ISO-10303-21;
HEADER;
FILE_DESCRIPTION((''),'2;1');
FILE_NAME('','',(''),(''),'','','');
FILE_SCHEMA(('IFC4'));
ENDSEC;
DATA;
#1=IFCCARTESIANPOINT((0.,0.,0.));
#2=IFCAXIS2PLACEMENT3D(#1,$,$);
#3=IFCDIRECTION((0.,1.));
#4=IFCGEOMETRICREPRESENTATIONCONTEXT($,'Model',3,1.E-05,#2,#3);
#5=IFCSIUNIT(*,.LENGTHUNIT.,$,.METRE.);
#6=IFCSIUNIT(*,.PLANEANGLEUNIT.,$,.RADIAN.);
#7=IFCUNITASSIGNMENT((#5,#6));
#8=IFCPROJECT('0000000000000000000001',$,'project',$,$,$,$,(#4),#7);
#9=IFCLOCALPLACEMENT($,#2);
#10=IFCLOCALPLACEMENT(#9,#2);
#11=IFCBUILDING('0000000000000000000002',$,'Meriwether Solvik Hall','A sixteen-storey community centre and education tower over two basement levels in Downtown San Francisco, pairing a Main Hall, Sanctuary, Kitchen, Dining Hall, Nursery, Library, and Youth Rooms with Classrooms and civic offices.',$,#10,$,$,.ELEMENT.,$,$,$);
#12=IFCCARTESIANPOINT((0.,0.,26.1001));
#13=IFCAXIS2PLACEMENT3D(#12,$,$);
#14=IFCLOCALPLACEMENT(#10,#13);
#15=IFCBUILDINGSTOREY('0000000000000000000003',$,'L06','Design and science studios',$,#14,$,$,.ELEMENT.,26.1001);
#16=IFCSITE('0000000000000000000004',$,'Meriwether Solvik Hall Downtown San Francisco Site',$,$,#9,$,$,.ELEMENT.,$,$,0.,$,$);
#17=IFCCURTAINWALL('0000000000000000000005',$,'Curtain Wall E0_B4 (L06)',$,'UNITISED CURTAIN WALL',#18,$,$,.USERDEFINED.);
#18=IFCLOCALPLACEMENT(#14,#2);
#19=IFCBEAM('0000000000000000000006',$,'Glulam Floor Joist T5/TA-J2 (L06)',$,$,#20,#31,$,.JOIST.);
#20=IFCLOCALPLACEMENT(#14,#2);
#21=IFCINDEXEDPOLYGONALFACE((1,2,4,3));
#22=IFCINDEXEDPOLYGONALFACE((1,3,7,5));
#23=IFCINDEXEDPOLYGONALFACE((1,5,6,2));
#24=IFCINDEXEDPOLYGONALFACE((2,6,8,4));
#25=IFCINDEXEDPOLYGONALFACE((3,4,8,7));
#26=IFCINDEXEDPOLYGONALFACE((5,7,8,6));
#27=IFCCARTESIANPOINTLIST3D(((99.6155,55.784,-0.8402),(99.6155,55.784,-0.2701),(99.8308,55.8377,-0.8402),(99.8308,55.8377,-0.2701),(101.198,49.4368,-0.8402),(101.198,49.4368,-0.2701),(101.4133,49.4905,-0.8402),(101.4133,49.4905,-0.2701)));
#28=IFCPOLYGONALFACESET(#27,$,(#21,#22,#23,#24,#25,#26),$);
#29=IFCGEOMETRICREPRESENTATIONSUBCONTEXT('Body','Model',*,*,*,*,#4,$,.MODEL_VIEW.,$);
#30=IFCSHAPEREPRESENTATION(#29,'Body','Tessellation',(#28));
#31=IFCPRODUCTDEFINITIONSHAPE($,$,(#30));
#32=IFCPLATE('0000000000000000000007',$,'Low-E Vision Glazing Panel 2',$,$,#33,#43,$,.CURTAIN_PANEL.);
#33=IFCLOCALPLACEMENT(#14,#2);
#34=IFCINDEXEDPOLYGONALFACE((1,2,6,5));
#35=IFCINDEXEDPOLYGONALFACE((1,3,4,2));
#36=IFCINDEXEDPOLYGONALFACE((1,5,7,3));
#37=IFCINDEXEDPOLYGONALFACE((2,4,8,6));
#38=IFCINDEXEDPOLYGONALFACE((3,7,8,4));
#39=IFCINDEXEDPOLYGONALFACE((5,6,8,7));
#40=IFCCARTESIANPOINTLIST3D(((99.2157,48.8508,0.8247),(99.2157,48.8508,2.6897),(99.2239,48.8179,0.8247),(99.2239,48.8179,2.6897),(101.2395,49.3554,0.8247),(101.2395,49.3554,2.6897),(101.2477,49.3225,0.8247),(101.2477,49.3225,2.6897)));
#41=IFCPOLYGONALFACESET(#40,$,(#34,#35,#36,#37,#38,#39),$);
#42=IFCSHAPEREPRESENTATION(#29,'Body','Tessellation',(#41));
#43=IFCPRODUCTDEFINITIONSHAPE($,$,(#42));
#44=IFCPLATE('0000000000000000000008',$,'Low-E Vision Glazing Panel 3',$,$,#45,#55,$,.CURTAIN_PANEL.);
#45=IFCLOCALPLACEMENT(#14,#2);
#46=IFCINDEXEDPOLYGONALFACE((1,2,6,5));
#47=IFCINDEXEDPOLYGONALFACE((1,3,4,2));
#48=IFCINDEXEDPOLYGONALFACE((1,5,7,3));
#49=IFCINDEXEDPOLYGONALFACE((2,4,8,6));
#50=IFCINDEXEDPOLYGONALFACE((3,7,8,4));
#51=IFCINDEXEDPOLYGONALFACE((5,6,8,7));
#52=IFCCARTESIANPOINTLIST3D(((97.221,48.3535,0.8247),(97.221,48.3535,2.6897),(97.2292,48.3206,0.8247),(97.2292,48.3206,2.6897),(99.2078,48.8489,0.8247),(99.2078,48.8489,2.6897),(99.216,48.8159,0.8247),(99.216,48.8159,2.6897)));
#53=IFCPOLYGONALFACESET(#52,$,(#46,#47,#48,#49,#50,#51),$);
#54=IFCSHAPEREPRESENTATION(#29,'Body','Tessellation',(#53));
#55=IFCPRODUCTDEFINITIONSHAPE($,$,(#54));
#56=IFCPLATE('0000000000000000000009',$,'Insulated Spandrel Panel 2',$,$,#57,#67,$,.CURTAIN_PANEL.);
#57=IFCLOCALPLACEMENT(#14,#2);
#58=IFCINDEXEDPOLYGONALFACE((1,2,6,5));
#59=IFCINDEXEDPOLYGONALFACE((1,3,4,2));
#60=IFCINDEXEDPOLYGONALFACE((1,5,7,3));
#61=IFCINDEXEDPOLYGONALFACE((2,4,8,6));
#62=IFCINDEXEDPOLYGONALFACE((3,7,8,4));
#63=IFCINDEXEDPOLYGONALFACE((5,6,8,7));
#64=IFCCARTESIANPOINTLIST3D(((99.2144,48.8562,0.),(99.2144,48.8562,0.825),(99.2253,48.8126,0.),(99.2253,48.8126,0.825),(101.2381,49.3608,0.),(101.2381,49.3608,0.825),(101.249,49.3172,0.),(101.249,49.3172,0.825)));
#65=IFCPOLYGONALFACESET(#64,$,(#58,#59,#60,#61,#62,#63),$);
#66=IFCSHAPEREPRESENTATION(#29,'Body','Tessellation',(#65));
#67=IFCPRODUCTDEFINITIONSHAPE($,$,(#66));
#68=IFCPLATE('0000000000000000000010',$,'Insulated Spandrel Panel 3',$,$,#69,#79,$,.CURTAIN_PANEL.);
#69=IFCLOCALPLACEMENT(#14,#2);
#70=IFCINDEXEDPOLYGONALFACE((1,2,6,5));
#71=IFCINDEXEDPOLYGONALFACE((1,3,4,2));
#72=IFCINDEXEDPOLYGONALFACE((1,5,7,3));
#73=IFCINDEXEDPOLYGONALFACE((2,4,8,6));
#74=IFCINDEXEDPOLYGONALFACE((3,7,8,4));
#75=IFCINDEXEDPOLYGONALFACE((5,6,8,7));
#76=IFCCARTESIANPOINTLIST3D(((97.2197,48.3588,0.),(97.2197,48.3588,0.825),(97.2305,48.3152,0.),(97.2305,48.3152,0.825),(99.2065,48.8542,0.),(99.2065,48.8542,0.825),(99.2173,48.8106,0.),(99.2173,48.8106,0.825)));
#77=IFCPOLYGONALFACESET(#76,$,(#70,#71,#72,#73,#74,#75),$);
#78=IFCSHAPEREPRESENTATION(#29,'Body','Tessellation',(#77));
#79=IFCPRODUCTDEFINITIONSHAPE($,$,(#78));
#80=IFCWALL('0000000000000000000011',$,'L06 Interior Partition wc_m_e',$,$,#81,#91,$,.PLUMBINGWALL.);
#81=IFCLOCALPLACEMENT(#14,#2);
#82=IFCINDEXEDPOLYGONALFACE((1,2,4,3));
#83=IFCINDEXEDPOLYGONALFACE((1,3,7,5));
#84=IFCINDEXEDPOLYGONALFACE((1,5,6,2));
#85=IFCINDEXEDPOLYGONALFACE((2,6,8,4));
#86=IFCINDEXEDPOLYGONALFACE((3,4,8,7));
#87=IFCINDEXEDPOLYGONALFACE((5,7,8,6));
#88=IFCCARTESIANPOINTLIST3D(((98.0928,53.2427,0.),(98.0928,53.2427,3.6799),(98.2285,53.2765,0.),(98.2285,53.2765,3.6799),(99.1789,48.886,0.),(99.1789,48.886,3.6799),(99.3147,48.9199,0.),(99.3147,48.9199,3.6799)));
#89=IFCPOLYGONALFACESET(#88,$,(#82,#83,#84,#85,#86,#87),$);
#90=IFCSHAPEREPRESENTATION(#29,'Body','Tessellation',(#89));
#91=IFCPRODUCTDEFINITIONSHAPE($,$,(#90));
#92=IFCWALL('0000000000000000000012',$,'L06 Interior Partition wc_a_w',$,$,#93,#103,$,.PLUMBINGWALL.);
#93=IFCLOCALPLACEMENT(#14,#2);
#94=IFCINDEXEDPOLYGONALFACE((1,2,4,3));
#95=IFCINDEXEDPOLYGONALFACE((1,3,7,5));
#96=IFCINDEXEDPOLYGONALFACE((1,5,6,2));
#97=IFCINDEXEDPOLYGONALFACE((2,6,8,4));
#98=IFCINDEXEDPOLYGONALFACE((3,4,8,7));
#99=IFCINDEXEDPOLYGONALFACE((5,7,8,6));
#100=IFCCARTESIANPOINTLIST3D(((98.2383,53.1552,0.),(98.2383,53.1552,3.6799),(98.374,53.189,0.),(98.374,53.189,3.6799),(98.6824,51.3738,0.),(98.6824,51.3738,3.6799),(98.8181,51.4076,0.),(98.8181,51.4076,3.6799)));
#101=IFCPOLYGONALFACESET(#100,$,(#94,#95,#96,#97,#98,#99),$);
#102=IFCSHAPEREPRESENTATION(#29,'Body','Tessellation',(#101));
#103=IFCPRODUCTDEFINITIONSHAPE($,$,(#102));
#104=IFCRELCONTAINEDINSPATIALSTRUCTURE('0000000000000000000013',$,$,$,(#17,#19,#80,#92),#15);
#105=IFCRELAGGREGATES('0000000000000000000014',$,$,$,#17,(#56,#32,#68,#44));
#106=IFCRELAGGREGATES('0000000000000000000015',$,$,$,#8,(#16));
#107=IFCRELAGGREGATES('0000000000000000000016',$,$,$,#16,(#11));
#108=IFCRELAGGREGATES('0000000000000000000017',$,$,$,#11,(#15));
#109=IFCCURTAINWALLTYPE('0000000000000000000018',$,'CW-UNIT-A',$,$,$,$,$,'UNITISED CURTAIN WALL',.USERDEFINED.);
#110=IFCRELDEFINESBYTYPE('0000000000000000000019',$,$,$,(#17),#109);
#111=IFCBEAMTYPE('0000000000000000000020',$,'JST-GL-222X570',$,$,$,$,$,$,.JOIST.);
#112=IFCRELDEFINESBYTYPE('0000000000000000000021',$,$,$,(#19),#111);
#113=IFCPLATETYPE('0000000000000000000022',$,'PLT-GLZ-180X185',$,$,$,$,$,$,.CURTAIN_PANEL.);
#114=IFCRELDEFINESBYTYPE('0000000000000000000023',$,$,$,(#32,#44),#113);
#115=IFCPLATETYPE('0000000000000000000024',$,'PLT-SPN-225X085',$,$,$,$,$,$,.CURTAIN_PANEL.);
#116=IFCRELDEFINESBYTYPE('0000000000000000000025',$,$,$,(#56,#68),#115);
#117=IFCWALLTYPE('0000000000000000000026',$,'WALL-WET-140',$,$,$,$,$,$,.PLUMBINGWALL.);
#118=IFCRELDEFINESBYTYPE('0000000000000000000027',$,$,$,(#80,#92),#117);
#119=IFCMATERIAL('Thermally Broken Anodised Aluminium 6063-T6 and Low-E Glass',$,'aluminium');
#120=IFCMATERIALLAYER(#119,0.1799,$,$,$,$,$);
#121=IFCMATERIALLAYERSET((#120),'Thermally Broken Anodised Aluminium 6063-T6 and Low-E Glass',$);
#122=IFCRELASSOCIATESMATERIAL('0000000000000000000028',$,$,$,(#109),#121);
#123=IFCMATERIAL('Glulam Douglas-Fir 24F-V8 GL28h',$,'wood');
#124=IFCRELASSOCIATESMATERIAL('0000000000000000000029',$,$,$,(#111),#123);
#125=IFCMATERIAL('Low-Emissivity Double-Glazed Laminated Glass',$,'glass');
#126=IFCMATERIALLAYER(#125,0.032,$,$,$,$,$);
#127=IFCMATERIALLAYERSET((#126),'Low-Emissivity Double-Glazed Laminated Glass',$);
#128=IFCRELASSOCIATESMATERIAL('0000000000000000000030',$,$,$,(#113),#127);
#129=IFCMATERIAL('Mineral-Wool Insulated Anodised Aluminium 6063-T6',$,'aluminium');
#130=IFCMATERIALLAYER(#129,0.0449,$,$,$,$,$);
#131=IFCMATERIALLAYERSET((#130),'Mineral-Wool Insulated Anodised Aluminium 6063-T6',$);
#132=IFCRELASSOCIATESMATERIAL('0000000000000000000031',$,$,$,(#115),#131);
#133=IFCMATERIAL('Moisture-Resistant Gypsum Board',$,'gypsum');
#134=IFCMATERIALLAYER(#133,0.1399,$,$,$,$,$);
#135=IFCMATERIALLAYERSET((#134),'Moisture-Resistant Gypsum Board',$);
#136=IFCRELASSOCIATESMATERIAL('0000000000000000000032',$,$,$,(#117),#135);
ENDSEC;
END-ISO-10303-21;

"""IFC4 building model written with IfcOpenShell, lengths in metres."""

from ifc_helpers import new_model, si_unit, direction, frame, frame_2d, origin, origin_2d, place, context, subcontext, project, spatial, rectangle, extrude, material, layer, layer_set, material_profile, profile_set, type_object, element, aggregate, save


model = new_model("IFC4")

# Units and contexts
model_context = context("Model", 3, precision=1e-05, world=origin(), true_north=direction((0.0, 1.0)))
body_context = subcontext(model_context, "Body", "Model", "MODEL_VIEW")
ifc_project = project(units=[si_unit("LENGTHUNIT", "METRE"), si_unit("PLANEANGLEUNIT", "RADIAN")], contexts=[model_context])

# Site, building, storey
site_placement = place(None, origin())
site = spatial("IfcSite", under=ifc_project, at=site_placement, Name="Meriwether Solvik Hall Downtown San Francisco Site", CompositionType="ELEMENT", RefElevation=0.0)
building_placement = place(site_placement, origin())
building = spatial("IfcBuilding", under=site, at=building_placement, Name="Meriwether Solvik Hall", Description="A sixteen-storey community centre and education tower over two basement levels in Downtown San Francisco, pairing a Main Hall, Sanctuary, Kitchen, Dining Hall, Nursery, Library, and Youth Rooms with Classrooms and civic offices.", CompositionType="ELEMENT")
storey_placement = place(building_placement, frame((0.0, 0.0, 26.1001)))
storey = spatial("IfcBuildingStorey", under=building, at=storey_placement, Name="L06", Description="Design and science studios", CompositionType="ELEMENT", Elevation=26.1001)

# Curtain wall
ifc_material_1 = material(Name="Thermally Broken Anodised Aluminium 6063-T6 and Low-E Glass", Category="aluminium")
ifc_layer_1 = layer(ifc_material_1, 0.1799)
ifc_layer_set_1 = layer_set([ifc_layer_1], Name="Thermally Broken Anodised Aluminium 6063-T6 and Low-E Glass")
curtain_wall_type = type_object("IfcCurtainWallType", Name="CW-UNIT-A", ElementType="UNITISED CURTAIN WALL", PredefinedType="USERDEFINED", material=ifc_layer_set_1)
curtain_wall_placement = place(storey_placement, origin())
curtain_wall = element("IfcCurtainWall", 1, at=curtain_wall_placement, inside=storey, type_object=curtain_wall_type, Name="Curtain Wall E0_B4 (L06)", ObjectType="UNITISED CURTAIN WALL", PredefinedType="USERDEFINED")

# Beam
ifc_material_2 = material(Name="Glulam Douglas-Fir 24F-V8 GL28h", Category="wood")
ifc_material_profile_1 = material_profile(ifc_material_2, rectangle(XDim=0.2219, YDim=0.5701, at=origin_2d()), Name="GLJ-222X570")
ifc_profile_set_1 = profile_set([ifc_material_profile_1], Name="Glulam Douglas-Fir 24F-V8 GL28h")
beam_type_1 = type_object("IfcBeamType", Name="JST-GL-222X570", PredefinedType="JOIST", material=ifc_profile_set_1)
for number, where, z_axis, x_axis, name in (
    (2, (101.3057, 49.4636, -0.5552), (-0.241921, 0.970296, 0.0), (-0.970296, -0.241921, 0.0), "Glulam Floor Joist T5/TA-J2 (L06)"),
):
    element("IfcBeam", number, at=place(storey_placement, frame(where, z_axis=z_axis, x_axis=x_axis)), inside=storey, type_object=beam_type_1, Name=name, PredefinedType="JOIST", context=body_context, shape_type="SweptSolid", body=[
        extrude(rectangle(XDim=0.2219, YDim=0.5701, at=origin_2d()), origin(), (0.0, 0.0, 1.0), 6.5415),
    ])

# Plates
ifc_material_3 = material(Name="Low-Emissivity Double-Glazed Laminated Glass", Category="glass")
ifc_layer_2 = layer(ifc_material_3, 0.032)
ifc_layer_set_2 = layer_set([ifc_layer_2], Name="Low-Emissivity Double-Glazed Laminated Glass")
plate_type_1 = type_object("IfcPlateType", Name="PLT-GLZ-180X185", PredefinedType="CURTAIN_PANEL", material=ifc_layer_set_2)
plate_1_placement = place(storey_placement, frame((100.2317, 49.0867, 0.8247), z_axis=(0.0, 0.0, 1.0), x_axis=(-0.970296, -0.241922, 0.0)))
plate_1 = element("IfcPlate", 3, at=plate_1_placement, type_object=plate_type_1, Name="Low-E Vision Glazing Panel 2", PredefinedType="CURTAIN_PANEL", context=body_context, shape_type="SweptSolid", body=[
    extrude(rectangle(XDim=2.0857, YDim=0.0339, at=origin_2d()), origin(), (0.0, 0.0, 1.0), 1.865),
])
plate_2_placement = place(storey_placement, frame((98.2185, 48.5847, 0.8247), z_axis=(0.0, 0.0, 1.0), x_axis=(-0.970296, -0.241922, 0.0)))
plate_2 = element("IfcPlate", 4, at=plate_2_placement, type_object=plate_type_1, Name="Low-E Vision Glazing Panel 3", PredefinedType="CURTAIN_PANEL", context=body_context, shape_type="SweptSolid", body=[
    extrude(rectangle(XDim=2.0476, YDim=0.0339, at=origin_2d()), origin(), (0.0, 0.0, 1.0), 1.865),
])
ifc_material_4 = material(Name="Mineral-Wool Insulated Anodised Aluminium 6063-T6", Category="aluminium")
ifc_layer_3 = layer(ifc_material_4, 0.0449)
ifc_layer_set_3 = layer_set([ifc_layer_3], Name="Mineral-Wool Insulated Anodised Aluminium 6063-T6")
plate_type_2 = type_object("IfcPlateType", Name="PLT-SPN-225X085", PredefinedType="CURTAIN_PANEL", material=ifc_layer_set_3)
plate_3_placement = place(storey_placement, frame((100.2317, 49.0867, 0.0), z_axis=(0.0, 0.0, 1.0), x_axis=(-0.970296, -0.241922, 0.0)))
plate_3 = element("IfcPlate", 5, at=plate_3_placement, type_object=plate_type_2, Name="Insulated Spandrel Panel 2", PredefinedType="CURTAIN_PANEL", context=body_context, shape_type="SweptSolid", body=[
    extrude(rectangle(XDim=2.0857, YDim=0.0449, at=origin_2d()), origin(), (0.0, 0.0, 1.0), 0.825),
])
plate_4_placement = place(storey_placement, frame((98.2185, 48.5847, 0.0), z_axis=(0.0, 0.0, 1.0), x_axis=(-0.970296, -0.241922, 0.0)))
plate_4 = element("IfcPlate", 6, at=plate_4_placement, type_object=plate_type_2, Name="Insulated Spandrel Panel 3", PredefinedType="CURTAIN_PANEL", context=body_context, shape_type="SweptSolid", body=[
    extrude(rectangle(XDim=2.0476, YDim=0.0449, at=origin_2d()), origin(), (0.0, 0.0, 1.0), 0.825),
])
aggregate(curtain_wall, [plate_3, plate_1, plate_4, plate_2])

# Wall
ifc_material_5 = material(Name="Moisture-Resistant Gypsum Board", Category="gypsum")
ifc_layer_4 = layer(ifc_material_5, 0.1399)
ifc_layer_set_4 = layer_set([ifc_layer_4], Name="Moisture-Resistant Gypsum Board")
wall_type = type_object("IfcWallType", Name="WALL-WET-140", PredefinedType="PLUMBINGWALL", material=ifc_layer_set_4)
wall_1_placement = place(storey_placement, frame((99.2468, 48.9028, 0.0), z_axis=(0.0, 0.0, 1.0), x_axis=(-0.241909, 0.970299, 0.0)))
element("IfcWall", 7, at=wall_1_placement, inside=storey, type_object=wall_type, Name="L06 Interior Partition wc_m_e", PredefinedType="PLUMBINGWALL", context=body_context, shape_type="SweptSolid", body=[
    extrude(rectangle(XDim=4.49, YDim=0.1399, at=frame_2d((2.2451, 0.0))), origin(), (0.0, 0.0, 1.0), 3.6799),
])

# Wall
wall_2_placement = place(storey_placement, frame((98.3062, 53.1721, 0.0), z_axis=(0.0, 0.0, 1.0), x_axis=(0.241879, -0.970307, 0.0)))
element("IfcWall", 8, at=wall_2_placement, inside=storey, type_object=wall_type, Name="L06 Interior Partition wc_a_w", PredefinedType="PLUMBINGWALL", context=body_context, shape_type="SweptSolid", body=[
    extrude(rectangle(XDim=1.8359, YDim=0.1399, at=frame_2d((0.918, 0.0))), origin(), (0.0, 0.0, 1.0), 3.6799),
])

save(model, "model.ifc")
